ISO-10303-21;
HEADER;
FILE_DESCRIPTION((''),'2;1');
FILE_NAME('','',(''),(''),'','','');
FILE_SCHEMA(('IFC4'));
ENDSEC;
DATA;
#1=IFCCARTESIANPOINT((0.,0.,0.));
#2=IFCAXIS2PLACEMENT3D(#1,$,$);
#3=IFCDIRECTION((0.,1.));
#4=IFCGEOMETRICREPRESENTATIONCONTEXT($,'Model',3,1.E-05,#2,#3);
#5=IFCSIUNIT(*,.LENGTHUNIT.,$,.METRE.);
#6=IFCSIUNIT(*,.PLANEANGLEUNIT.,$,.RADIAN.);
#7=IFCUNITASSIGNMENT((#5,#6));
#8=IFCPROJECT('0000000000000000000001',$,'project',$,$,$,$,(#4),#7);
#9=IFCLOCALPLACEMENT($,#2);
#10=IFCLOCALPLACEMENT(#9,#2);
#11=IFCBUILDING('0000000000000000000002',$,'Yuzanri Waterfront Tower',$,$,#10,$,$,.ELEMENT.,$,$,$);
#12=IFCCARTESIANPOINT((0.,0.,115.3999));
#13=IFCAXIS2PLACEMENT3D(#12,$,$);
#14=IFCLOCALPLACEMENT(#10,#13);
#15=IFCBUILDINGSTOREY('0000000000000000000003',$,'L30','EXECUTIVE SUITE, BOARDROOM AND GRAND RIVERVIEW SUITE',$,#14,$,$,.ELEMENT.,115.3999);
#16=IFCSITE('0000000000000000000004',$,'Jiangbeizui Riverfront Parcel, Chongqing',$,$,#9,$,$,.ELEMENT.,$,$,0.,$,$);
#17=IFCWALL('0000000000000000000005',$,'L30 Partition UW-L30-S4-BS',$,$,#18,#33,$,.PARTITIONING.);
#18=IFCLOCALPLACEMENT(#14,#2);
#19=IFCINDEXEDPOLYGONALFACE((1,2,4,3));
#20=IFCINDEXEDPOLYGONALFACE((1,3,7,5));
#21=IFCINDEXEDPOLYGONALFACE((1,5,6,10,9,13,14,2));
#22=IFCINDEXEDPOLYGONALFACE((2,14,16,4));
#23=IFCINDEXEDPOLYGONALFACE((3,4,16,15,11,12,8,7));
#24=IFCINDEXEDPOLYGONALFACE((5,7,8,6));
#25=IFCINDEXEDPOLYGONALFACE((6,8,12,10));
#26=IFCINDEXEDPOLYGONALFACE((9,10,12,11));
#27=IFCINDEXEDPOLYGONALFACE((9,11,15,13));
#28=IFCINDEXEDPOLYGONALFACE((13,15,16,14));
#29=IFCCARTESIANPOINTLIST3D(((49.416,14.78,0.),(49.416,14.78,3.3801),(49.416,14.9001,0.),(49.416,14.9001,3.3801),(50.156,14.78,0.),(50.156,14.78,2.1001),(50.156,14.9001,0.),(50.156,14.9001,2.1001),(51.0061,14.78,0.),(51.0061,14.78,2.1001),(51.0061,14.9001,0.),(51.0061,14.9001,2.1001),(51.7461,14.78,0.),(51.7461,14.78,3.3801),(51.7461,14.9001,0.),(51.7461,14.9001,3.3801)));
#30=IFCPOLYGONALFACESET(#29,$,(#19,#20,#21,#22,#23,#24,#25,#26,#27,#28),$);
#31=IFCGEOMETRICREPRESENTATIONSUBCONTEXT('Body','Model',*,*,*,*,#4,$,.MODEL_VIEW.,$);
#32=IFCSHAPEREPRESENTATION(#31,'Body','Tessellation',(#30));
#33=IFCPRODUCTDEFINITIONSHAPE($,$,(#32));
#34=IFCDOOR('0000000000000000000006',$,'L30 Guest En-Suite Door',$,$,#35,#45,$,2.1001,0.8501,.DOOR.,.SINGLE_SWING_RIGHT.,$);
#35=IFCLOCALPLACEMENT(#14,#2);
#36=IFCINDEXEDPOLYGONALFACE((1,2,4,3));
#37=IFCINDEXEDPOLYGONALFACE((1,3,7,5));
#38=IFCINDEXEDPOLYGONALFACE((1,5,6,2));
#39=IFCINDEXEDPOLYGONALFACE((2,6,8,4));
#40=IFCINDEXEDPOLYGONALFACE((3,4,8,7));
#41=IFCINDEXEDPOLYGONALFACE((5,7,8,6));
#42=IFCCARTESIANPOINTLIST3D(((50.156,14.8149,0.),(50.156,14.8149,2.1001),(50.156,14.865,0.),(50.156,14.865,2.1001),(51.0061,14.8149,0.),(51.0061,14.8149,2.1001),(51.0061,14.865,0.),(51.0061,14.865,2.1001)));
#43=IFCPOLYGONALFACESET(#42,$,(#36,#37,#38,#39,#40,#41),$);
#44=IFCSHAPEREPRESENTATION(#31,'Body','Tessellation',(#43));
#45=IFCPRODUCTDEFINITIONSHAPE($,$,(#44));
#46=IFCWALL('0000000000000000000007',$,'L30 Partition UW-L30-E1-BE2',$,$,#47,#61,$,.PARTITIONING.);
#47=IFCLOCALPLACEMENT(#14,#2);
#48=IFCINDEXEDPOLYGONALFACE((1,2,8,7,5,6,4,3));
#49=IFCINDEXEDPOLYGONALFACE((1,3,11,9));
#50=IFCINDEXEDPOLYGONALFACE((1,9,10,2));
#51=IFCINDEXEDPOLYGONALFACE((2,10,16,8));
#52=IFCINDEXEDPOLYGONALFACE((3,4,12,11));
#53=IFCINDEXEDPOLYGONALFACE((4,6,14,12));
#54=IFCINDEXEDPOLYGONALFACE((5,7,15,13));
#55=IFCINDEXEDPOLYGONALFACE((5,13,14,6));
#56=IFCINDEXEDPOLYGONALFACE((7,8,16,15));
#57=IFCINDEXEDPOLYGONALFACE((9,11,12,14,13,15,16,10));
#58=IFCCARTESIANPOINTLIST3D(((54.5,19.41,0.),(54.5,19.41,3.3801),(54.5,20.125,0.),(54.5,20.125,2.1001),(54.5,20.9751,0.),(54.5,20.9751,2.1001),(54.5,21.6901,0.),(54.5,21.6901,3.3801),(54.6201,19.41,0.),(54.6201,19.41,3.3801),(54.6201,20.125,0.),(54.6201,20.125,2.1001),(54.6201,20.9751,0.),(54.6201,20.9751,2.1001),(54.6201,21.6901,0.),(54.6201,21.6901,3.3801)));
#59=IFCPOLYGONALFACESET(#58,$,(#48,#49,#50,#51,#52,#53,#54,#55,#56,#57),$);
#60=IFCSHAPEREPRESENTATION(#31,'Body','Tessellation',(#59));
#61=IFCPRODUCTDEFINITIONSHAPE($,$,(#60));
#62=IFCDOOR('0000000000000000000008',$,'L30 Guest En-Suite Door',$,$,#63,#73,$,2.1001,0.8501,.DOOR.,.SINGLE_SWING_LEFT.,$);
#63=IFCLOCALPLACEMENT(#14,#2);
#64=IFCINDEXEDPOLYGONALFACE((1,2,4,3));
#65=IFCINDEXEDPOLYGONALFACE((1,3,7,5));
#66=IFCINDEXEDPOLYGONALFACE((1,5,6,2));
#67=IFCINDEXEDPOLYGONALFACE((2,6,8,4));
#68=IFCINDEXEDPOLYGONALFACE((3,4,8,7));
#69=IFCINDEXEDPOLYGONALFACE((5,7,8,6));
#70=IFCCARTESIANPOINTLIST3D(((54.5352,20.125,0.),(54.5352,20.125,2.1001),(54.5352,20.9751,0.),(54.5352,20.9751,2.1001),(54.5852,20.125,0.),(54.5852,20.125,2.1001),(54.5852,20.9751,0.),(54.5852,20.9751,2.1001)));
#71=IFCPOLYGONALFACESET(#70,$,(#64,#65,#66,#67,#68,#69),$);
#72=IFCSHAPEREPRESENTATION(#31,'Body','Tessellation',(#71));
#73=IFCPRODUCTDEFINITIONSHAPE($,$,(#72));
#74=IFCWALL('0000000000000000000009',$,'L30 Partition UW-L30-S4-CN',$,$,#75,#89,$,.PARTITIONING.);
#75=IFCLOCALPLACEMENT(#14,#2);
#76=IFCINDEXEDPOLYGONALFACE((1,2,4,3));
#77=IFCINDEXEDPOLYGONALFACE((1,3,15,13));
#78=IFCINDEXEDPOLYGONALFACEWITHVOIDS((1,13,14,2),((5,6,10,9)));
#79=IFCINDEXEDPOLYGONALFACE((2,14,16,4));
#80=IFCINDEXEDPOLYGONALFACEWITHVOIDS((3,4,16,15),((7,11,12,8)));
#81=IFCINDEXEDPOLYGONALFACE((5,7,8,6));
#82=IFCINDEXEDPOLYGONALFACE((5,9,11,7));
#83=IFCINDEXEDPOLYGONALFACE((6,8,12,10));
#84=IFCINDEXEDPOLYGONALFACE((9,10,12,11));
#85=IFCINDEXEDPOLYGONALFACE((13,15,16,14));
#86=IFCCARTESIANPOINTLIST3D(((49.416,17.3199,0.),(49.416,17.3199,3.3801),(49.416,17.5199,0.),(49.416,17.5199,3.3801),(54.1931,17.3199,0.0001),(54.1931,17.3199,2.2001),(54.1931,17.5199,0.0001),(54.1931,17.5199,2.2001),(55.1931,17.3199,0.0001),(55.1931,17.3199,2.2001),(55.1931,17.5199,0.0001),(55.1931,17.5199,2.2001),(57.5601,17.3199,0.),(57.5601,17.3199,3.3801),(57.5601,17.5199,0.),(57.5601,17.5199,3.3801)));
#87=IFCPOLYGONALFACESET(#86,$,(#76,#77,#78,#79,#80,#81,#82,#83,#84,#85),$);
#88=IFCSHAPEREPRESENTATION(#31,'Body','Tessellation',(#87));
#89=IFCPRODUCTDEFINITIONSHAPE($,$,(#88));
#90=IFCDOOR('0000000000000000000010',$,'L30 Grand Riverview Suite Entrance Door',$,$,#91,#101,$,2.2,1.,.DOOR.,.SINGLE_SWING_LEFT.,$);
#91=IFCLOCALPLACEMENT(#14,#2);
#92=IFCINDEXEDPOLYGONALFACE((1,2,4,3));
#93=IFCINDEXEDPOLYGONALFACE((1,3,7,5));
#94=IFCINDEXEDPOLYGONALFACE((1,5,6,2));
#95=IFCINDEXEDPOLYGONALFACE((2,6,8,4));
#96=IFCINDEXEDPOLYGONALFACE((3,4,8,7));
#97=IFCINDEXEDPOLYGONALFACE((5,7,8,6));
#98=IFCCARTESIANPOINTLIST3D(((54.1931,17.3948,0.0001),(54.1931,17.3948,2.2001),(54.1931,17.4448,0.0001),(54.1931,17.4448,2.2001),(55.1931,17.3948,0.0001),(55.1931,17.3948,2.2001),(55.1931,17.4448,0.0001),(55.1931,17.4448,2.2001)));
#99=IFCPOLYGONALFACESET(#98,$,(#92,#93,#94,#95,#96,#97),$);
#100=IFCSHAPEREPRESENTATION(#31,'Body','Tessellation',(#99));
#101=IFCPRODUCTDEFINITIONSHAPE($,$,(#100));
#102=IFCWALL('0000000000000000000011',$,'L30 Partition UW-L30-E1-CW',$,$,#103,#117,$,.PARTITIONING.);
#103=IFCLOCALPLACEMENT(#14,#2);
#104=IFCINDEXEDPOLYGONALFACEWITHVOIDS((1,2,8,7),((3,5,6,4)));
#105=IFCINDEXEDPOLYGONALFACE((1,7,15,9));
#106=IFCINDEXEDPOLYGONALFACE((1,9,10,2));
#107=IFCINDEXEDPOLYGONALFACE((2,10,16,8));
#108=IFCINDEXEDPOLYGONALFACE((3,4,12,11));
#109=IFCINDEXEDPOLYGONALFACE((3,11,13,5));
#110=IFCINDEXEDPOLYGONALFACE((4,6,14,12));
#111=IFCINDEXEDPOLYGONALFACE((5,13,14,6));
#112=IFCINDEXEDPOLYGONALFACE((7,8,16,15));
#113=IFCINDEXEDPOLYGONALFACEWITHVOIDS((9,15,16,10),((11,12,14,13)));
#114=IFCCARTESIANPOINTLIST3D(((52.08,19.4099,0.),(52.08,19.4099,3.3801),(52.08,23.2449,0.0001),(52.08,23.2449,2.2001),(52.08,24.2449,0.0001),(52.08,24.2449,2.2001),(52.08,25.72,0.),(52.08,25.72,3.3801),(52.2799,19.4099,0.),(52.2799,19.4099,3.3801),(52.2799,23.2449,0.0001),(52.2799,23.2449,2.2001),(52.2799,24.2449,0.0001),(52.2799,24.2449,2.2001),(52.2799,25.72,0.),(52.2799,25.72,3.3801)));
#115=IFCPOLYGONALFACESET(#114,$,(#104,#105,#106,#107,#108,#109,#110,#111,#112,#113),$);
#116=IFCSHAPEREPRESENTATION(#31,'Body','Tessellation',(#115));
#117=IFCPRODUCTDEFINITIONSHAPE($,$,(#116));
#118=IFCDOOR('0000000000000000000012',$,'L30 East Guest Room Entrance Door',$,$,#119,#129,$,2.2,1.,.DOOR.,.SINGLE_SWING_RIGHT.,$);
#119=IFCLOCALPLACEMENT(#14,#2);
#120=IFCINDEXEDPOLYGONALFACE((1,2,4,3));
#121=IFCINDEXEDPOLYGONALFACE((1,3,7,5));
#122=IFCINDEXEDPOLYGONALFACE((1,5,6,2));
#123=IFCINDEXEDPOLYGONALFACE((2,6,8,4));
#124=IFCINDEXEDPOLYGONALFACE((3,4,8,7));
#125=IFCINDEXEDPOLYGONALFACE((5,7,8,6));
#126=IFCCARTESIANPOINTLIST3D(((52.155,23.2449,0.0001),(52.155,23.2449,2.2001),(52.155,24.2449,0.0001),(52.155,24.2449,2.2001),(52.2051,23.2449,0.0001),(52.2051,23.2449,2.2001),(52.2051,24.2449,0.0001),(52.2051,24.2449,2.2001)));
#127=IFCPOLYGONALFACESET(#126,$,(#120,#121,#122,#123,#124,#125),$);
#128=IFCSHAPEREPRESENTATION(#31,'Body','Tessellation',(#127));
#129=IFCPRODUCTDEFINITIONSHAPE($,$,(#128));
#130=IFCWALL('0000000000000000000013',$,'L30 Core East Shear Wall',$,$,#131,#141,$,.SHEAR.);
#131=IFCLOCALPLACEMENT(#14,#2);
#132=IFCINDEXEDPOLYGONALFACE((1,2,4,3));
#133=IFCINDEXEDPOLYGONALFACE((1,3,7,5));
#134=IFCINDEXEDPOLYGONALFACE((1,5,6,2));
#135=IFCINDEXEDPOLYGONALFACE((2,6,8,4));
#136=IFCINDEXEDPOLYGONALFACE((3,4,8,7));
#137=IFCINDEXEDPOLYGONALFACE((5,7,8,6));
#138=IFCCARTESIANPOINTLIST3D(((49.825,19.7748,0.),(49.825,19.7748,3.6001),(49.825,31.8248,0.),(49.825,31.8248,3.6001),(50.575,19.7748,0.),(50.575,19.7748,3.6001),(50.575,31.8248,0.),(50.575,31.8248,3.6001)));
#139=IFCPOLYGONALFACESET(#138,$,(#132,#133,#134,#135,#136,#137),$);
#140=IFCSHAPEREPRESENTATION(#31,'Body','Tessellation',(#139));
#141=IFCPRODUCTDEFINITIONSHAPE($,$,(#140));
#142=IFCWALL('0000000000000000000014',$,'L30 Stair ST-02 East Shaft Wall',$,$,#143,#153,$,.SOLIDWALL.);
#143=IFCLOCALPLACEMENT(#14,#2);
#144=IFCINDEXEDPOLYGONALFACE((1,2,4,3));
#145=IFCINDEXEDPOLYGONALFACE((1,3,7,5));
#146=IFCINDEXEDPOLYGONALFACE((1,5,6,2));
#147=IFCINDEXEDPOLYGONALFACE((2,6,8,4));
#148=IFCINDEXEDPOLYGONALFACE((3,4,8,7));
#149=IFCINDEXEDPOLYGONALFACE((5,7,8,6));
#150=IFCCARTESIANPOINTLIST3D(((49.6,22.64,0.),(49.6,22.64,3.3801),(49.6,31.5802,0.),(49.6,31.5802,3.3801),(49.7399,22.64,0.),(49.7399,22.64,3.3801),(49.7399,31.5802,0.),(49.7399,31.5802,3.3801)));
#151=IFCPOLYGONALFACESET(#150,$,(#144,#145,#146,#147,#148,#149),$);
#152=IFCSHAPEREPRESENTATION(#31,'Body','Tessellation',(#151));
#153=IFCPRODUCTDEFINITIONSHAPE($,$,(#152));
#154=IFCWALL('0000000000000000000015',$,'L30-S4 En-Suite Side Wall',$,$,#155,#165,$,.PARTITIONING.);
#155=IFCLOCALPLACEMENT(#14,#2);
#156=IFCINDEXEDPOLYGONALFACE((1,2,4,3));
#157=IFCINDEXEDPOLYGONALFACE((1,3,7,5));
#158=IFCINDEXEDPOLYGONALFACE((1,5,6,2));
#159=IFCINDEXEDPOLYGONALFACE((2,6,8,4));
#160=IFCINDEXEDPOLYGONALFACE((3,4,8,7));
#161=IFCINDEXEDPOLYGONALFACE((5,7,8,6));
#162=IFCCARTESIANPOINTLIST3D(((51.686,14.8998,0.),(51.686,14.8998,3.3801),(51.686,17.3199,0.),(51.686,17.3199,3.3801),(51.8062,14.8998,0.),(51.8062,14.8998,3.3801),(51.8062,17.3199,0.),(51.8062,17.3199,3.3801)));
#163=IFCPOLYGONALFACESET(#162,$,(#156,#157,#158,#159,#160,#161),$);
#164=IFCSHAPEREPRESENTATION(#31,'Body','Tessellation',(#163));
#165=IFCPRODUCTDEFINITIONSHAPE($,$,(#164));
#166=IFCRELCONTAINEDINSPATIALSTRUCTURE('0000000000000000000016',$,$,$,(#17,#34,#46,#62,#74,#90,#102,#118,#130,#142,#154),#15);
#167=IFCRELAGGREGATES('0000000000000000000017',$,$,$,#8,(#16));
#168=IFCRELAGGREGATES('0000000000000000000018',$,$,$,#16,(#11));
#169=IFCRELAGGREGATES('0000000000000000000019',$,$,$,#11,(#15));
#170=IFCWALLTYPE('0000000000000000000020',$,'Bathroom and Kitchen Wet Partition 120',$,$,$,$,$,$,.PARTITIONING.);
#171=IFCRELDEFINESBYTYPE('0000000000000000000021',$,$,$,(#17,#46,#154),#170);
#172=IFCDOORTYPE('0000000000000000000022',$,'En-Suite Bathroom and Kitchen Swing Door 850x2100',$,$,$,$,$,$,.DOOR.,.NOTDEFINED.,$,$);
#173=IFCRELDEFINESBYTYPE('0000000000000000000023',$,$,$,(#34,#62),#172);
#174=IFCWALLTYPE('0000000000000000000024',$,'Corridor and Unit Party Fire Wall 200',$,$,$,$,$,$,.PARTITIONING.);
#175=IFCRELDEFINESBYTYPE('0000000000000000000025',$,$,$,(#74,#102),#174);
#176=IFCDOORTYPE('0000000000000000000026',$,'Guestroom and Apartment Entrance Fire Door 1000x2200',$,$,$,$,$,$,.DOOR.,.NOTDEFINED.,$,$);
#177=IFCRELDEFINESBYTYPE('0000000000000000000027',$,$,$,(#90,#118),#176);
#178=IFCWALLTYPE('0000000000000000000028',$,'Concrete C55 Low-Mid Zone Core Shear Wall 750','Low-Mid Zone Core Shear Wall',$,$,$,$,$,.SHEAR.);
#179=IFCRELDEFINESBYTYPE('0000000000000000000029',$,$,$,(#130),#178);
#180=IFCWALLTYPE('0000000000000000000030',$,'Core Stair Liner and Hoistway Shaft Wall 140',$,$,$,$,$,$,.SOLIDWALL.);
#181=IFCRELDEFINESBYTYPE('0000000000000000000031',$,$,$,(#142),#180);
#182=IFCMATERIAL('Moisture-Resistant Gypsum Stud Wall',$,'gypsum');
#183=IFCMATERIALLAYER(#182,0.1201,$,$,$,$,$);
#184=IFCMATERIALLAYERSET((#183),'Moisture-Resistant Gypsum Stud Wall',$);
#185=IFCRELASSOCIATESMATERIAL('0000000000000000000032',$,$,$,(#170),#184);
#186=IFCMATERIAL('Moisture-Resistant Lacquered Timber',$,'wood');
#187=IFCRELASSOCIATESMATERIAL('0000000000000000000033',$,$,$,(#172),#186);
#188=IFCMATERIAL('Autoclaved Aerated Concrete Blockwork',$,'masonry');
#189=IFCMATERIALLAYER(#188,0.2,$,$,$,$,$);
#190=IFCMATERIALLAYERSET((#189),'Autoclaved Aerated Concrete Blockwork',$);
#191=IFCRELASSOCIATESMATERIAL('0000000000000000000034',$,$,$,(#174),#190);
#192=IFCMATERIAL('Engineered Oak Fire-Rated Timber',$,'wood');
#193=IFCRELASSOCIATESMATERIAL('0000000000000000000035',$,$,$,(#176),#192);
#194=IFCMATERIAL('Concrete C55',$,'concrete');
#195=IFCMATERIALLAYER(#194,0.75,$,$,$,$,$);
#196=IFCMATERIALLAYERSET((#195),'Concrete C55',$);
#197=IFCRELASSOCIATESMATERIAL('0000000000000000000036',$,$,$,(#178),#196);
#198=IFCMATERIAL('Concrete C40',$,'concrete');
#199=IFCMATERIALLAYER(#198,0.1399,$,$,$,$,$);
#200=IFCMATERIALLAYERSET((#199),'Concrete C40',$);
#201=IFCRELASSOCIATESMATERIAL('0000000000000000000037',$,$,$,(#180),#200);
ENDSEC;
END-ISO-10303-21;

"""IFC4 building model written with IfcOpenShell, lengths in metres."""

from ifc_helpers import new_model, si_unit, direction, frame, frame_2d, origin, place, context, subcontext, project, spatial, rectangle, extrude, source, transform, mapped, material, layer, layer_set, type_object, element, fill, save


model = new_model("IFC4")

# Units and contexts
model_context = context("Model", 3, precision=1e-05, world=origin(), true_north=direction((0.0, 1.0)))
body_context = subcontext(model_context, "Body", "Model", "MODEL_VIEW")
ifc_project = project(units=[si_unit("LENGTHUNIT", "METRE"), si_unit("PLANEANGLEUNIT", "RADIAN")], contexts=[model_context])

# Site, building, storey
site_placement = place(None, origin())
site = spatial("IfcSite", under=ifc_project, at=site_placement, Name="Jiangbeizui Riverfront Parcel, Chongqing", CompositionType="ELEMENT", RefElevation=0.0)
building_placement = place(site_placement, origin())
building = spatial("IfcBuilding", under=site, at=building_placement, Name="Yuzanri Waterfront Tower", CompositionType="ELEMENT")
storey_placement = place(building_placement, frame((0.0, 0.0, 115.3999)))
storey = spatial("IfcBuildingStorey", under=building, at=storey_placement, Name="L30", Description="EXECUTIVE SUITE, BOARDROOM AND GRAND RIVERVIEW SUITE", CompositionType="ELEMENT", Elevation=115.3999)

# Walls, openings, doors
ifc_material_1 = material(Name="Moisture-Resistant Gypsum Stud Wall", Category="gypsum")
ifc_layer_1 = layer(ifc_material_1, 0.1201)
ifc_layer_set_1 = layer_set([ifc_layer_1], Name="Moisture-Resistant Gypsum Stud Wall")
wall_type_1 = type_object("IfcWallType", Name="Bathroom and Kitchen Wet Partition 120", PredefinedType="PARTITIONING", material=ifc_layer_set_1)
wall_1_placement = place(storey_placement, frame((49.416, 14.8401, 0.0), z_axis=(0.0, 0.0, 1.0), x_axis=(1.0, 0.0, 0.0)))
wall_1 = element("IfcWall", 1, at=wall_1_placement, inside=storey, type_object=wall_type_1, Name="L30 Partition UW-L30-S4-BS", PredefinedType="PARTITIONING", context=body_context, shape_type="SweptSolid", body=[
    extrude(rectangle(XDim=2.3301, YDim=0.1201, at=frame_2d((1.165, 0.0))), origin(), (0.0, 0.0, 1.0), 3.3801),
])
opening_1_placement = place(wall_1_placement, frame((0.74, 0.0, 0.0)))
opening_1 = element("IfcOpeningElement", 2, at=opening_1_placement, cuts=wall_1, PredefinedType="OPENING", context=body_context, shape_type="SweptSolid", body=[
    extrude(rectangle(XDim=0.8501, YDim=2.1001, at=frame_2d((0.425, 1.05))), frame((0.0, 0.075, 0.0), z_axis=(0.0, -1.0, 0.0), x_axis=(1.0, 0.0, 0.0)), (0.0, 0.0, 1.0), 0.1499),
])
ifc_material_2 = material(Name="Moisture-Resistant Lacquered Timber", Category="wood")
door_type_1 = type_object("IfcDoorType", Name="En-Suite Bathroom and Kitchen Swing Door 850x2100", OperationType="NOTDEFINED", PredefinedType="DOOR", material=ifc_material_2)
shared_shape_1 = source(origin(), body_context, "Body", "SweptSolid", [
    extrude(rectangle(XDim=0.8501, YDim=2.1001, at=frame_2d((0.425, 1.05))), frame((0.0, 0.0249, 0.0), z_axis=(0.0, -1.0, 0.0), x_axis=(1.0, 0.0, 0.0)), (0.0, 0.0, 1.0), 0.05),
])
door_1_placement = place(opening_1_placement, origin())
door_1 = element("IfcDoor", 3, at=door_1_placement, inside=storey, type_object=door_type_1, Name="L30 Guest En-Suite Door", OperationType="SINGLE_SWING_RIGHT", OverallHeight=2.1001, OverallWidth=0.8501, PredefinedType="DOOR", context=body_context, shape_type="MappedRepresentation", body=[
    mapped(shared_shape_1, transform((0.0, 0.0, 0.0), scale=1.0)),
])
fill(opening_1, door_1)
wall_2_placement = place(storey_placement, frame((54.5601, 19.4099, 0.0), z_axis=(0.0, 0.0, 1.0), x_axis=(0.0, 1.0, 0.0)))
wall_2 = element("IfcWall", 4, at=wall_2_placement, inside=storey, type_object=wall_type_1, Name="L30 Partition UW-L30-E1-BE2", PredefinedType="PARTITIONING", context=body_context, shape_type="SweptSolid", body=[
    extrude(rectangle(XDim=2.28, YDim=0.1201, at=frame_2d((1.1401, 0.0))), origin(), (0.0, 0.0, 1.0), 3.3801),
])
opening_2_placement = place(wall_2_placement, frame((0.7151, 0.0, 0.0)))
opening_2 = element("IfcOpeningElement", 5, at=opening_2_placement, cuts=wall_2, PredefinedType="OPENING", context=body_context, shape_type="SweptSolid", body=[
    extrude(rectangle(XDim=0.8501, YDim=2.1001, at=frame_2d((0.425, 1.05))), frame((0.0, 0.075, 0.0), z_axis=(0.0, -1.0, 0.0), x_axis=(1.0, 0.0, 0.0)), (0.0, 0.0, 1.0), 0.1499),
])
door_2_placement = place(opening_2_placement, origin())
door_2 = element("IfcDoor", 6, at=door_2_placement, inside=storey, type_object=door_type_1, Name="L30 Guest En-Suite Door", OperationType="SINGLE_SWING_LEFT", OverallHeight=2.1001, OverallWidth=0.8501, PredefinedType="DOOR", context=body_context, shape_type="MappedRepresentation", body=[
    mapped(shared_shape_1, transform((0.0, 0.0, 0.0), scale=1.0)),
])
fill(opening_2, door_2)
ifc_material_3 = material(Name="Autoclaved Aerated Concrete Blockwork", Category="masonry")
ifc_layer_2 = layer(ifc_material_3, 0.2)
ifc_layer_set_2 = layer_set([ifc_layer_2], Name="Autoclaved Aerated Concrete Blockwork")
wall_type_2 = type_object("IfcWallType", Name="Corridor and Unit Party Fire Wall 200", PredefinedType="PARTITIONING", material=ifc_layer_set_2)
wall_3_placement = place(storey_placement, frame((49.416, 17.4199, 0.0), z_axis=(0.0, 0.0, 1.0), x_axis=(1.0, 0.0, 0.0)))
wall_3 = element("IfcWall", 7, at=wall_3_placement, inside=storey, type_object=wall_type_2, Name="L30 Partition UW-L30-S4-CN", PredefinedType="PARTITIONING", context=body_context, shape_type="SweptSolid", body=[
    extrude(rectangle(XDim=8.144, YDim=0.2, at=frame_2d((4.072, 0.0))), origin(), (0.0, 0.0, 1.0), 3.3801),
])
opening_3_placement = place(wall_3_placement, frame((4.7771, 0.0, 0.0)))
opening_3 = element("IfcOpeningElement", 8, at=opening_3_placement, cuts=wall_3, PredefinedType="OPENING", context=body_context, shape_type="SweptSolid", body=[
    extrude(rectangle(XDim=1.0, YDim=2.2, at=frame_2d((0.5, 1.1001))), frame((0.0, 0.1147, 0.0), z_axis=(0.0, -1.0, 0.0), x_axis=(1.0, 0.0, 0.0)), (0.0, 0.0, 1.0), 0.2297),
])
ifc_material_4 = material(Name="Engineered Oak Fire-Rated Timber", Category="wood")
door_type_2 = type_object("IfcDoorType", Name="Guestroom and Apartment Entrance Fire Door 1000x2200", OperationType="NOTDEFINED", PredefinedType="DOOR", material=ifc_material_4)
shared_shape_2 = source(origin(), body_context, "Body", "SweptSolid", [
    extrude(rectangle(XDim=1.0, YDim=2.2, at=frame_2d((0.5, 1.1001))), frame((0.0, 0.0249, 0.0), z_axis=(0.0, -1.0, 0.0), x_axis=(1.0, 0.0, 0.0)), (0.0, 0.0, 1.0), 0.05),
])
door_3_placement = place(opening_3_placement, origin())
door_3 = element("IfcDoor", 9, at=door_3_placement, inside=storey, type_object=door_type_2, Name="L30 Grand Riverview Suite Entrance Door", OperationType="SINGLE_SWING_LEFT", OverallHeight=2.2, OverallWidth=1.0, PredefinedType="DOOR", context=body_context, shape_type="MappedRepresentation", body=[
    mapped(shared_shape_2, transform((0.0, 0.0, 0.0), scale=1.0)),
])
fill(opening_3, door_3)
wall_4_placement = place(storey_placement, frame((52.1799, 19.4099, 0.0), z_axis=(0.0, 0.0, 1.0), x_axis=(0.0, 1.0, 0.0)))
wall_4 = element("IfcWall", 10, at=wall_4_placement, inside=storey, type_object=wall_type_2, Name="L30 Partition UW-L30-E1-CW", PredefinedType="PARTITIONING", context=body_context, shape_type="SweptSolid", body=[
    extrude(rectangle(XDim=6.3101, YDim=0.2, at=frame_2d((3.155, 0.0))), origin(), (0.0, 0.0, 1.0), 3.3801),
])
opening_4_placement = place(wall_4_placement, frame((3.835, 0.0, 0.0)))
opening_4 = element("IfcOpeningElement", 11, at=opening_4_placement, cuts=wall_4, PredefinedType="OPENING", context=body_context, shape_type="SweptSolid", body=[
    extrude(rectangle(XDim=1.0, YDim=2.2, at=frame_2d((0.5, 1.1001))), frame((0.0, 0.1147, 0.0), z_axis=(0.0, -1.0, 0.0), x_axis=(1.0, 0.0, 0.0)), (0.0, 0.0, 1.0), 0.2297),
])
door_4_placement = place(opening_4_placement, origin())
door_4 = element("IfcDoor", 12, at=door_4_placement, inside=storey, type_object=door_type_2, Name="L30 East Guest Room Entrance Door", OperationType="SINGLE_SWING_RIGHT", OverallHeight=2.2, OverallWidth=1.0, PredefinedType="DOOR", context=body_context, shape_type="MappedRepresentation", body=[
    mapped(shared_shape_2, transform((0.0, 0.0, 0.0), scale=1.0)),
])
fill(opening_4, door_4)

# Walls
ifc_material_5 = material(Name="Concrete C55", Category="concrete")
ifc_layer_3 = layer(ifc_material_5, 0.75)
ifc_layer_set_3 = layer_set([ifc_layer_3], Name="Concrete C55")
wall_type_3 = type_object("IfcWallType", Name="Concrete C55 Low-Mid Zone Core Shear Wall 750", Description="Low-Mid Zone Core Shear Wall", PredefinedType="SHEAR", material=ifc_layer_set_3)
shared_shape_3 = source(origin(), body_context, "Body", "SweptSolid", [
    extrude(rectangle(XDim=12.05, YDim=0.75, at=frame_2d((6.0249, 0.0))), origin(), (0.0, 0.0, 1.0), 3.6001),
])
wall_5_placement = place(storey_placement, frame((50.2, 19.7749, 0.0), z_axis=(0.0, 0.0, 1.0), x_axis=(0.0, 1.0, 0.0)))
element("IfcWall", 13, at=wall_5_placement, inside=storey, type_object=wall_type_3, Name="L30 Core East Shear Wall", PredefinedType="SHEAR", context=body_context, shape_type="MappedRepresentation", body=[
    mapped(shared_shape_3, transform((0.0, 0.0, 0.0), scale=1.0)),
])
ifc_material_6 = material(Name="Concrete C40", Category="concrete")
ifc_layer_4 = layer(ifc_material_6, 0.1399)
ifc_layer_set_4 = layer_set([ifc_layer_4], Name="Concrete C40")
wall_type_4 = type_object("IfcWallType", Name="Core Stair Liner and Hoistway Shaft Wall 140", PredefinedType="SOLIDWALL", material=ifc_layer_set_4)
shared_shape_4 = source(origin(), body_context, "Body", "SweptSolid", [
    extrude(rectangle(XDim=8.9402, YDim=0.1399, at=frame_2d((4.4702, 0.0))), origin(), (0.0, 0.0, 1.0), 3.3801),
])
wall_6_placement = place(storey_placement, frame((49.6699, 22.6399, 0.0), z_axis=(0.0, 0.0, 1.0), x_axis=(0.0, 1.0, 0.0)))
element("IfcWall", 14, at=wall_6_placement, inside=storey, type_object=wall_type_4, Name="L30 Stair ST-02 East Shaft Wall", PredefinedType="SOLIDWALL", context=body_context, shape_type="MappedRepresentation", body=[
    mapped(shared_shape_4, transform((0.0, 0.0, 0.0), scale=1.0)),
])
shared_shape_5 = source(origin(), body_context, "Body", "SweptSolid", [
    extrude(rectangle(XDim=2.4202, YDim=0.1201, at=frame_2d((1.21, 0.0))), origin(), (0.0, 0.0, 1.0), 3.3801),
])
wall_7_placement = place(storey_placement, frame((51.7461, 14.8999, 0.0), z_axis=(0.0, 0.0, 1.0), x_axis=(0.0, 1.0, 0.0)))
element("IfcWall", 15, at=wall_7_placement, inside=storey, type_object=wall_type_1, Name="L30-S4 En-Suite Side Wall", PredefinedType="PARTITIONING", context=body_context, shape_type="MappedRepresentation", body=[
    mapped(shared_shape_5, transform((0.0, 0.0, 0.0), scale=1.0)),
])

save(model, "model.ifc")
